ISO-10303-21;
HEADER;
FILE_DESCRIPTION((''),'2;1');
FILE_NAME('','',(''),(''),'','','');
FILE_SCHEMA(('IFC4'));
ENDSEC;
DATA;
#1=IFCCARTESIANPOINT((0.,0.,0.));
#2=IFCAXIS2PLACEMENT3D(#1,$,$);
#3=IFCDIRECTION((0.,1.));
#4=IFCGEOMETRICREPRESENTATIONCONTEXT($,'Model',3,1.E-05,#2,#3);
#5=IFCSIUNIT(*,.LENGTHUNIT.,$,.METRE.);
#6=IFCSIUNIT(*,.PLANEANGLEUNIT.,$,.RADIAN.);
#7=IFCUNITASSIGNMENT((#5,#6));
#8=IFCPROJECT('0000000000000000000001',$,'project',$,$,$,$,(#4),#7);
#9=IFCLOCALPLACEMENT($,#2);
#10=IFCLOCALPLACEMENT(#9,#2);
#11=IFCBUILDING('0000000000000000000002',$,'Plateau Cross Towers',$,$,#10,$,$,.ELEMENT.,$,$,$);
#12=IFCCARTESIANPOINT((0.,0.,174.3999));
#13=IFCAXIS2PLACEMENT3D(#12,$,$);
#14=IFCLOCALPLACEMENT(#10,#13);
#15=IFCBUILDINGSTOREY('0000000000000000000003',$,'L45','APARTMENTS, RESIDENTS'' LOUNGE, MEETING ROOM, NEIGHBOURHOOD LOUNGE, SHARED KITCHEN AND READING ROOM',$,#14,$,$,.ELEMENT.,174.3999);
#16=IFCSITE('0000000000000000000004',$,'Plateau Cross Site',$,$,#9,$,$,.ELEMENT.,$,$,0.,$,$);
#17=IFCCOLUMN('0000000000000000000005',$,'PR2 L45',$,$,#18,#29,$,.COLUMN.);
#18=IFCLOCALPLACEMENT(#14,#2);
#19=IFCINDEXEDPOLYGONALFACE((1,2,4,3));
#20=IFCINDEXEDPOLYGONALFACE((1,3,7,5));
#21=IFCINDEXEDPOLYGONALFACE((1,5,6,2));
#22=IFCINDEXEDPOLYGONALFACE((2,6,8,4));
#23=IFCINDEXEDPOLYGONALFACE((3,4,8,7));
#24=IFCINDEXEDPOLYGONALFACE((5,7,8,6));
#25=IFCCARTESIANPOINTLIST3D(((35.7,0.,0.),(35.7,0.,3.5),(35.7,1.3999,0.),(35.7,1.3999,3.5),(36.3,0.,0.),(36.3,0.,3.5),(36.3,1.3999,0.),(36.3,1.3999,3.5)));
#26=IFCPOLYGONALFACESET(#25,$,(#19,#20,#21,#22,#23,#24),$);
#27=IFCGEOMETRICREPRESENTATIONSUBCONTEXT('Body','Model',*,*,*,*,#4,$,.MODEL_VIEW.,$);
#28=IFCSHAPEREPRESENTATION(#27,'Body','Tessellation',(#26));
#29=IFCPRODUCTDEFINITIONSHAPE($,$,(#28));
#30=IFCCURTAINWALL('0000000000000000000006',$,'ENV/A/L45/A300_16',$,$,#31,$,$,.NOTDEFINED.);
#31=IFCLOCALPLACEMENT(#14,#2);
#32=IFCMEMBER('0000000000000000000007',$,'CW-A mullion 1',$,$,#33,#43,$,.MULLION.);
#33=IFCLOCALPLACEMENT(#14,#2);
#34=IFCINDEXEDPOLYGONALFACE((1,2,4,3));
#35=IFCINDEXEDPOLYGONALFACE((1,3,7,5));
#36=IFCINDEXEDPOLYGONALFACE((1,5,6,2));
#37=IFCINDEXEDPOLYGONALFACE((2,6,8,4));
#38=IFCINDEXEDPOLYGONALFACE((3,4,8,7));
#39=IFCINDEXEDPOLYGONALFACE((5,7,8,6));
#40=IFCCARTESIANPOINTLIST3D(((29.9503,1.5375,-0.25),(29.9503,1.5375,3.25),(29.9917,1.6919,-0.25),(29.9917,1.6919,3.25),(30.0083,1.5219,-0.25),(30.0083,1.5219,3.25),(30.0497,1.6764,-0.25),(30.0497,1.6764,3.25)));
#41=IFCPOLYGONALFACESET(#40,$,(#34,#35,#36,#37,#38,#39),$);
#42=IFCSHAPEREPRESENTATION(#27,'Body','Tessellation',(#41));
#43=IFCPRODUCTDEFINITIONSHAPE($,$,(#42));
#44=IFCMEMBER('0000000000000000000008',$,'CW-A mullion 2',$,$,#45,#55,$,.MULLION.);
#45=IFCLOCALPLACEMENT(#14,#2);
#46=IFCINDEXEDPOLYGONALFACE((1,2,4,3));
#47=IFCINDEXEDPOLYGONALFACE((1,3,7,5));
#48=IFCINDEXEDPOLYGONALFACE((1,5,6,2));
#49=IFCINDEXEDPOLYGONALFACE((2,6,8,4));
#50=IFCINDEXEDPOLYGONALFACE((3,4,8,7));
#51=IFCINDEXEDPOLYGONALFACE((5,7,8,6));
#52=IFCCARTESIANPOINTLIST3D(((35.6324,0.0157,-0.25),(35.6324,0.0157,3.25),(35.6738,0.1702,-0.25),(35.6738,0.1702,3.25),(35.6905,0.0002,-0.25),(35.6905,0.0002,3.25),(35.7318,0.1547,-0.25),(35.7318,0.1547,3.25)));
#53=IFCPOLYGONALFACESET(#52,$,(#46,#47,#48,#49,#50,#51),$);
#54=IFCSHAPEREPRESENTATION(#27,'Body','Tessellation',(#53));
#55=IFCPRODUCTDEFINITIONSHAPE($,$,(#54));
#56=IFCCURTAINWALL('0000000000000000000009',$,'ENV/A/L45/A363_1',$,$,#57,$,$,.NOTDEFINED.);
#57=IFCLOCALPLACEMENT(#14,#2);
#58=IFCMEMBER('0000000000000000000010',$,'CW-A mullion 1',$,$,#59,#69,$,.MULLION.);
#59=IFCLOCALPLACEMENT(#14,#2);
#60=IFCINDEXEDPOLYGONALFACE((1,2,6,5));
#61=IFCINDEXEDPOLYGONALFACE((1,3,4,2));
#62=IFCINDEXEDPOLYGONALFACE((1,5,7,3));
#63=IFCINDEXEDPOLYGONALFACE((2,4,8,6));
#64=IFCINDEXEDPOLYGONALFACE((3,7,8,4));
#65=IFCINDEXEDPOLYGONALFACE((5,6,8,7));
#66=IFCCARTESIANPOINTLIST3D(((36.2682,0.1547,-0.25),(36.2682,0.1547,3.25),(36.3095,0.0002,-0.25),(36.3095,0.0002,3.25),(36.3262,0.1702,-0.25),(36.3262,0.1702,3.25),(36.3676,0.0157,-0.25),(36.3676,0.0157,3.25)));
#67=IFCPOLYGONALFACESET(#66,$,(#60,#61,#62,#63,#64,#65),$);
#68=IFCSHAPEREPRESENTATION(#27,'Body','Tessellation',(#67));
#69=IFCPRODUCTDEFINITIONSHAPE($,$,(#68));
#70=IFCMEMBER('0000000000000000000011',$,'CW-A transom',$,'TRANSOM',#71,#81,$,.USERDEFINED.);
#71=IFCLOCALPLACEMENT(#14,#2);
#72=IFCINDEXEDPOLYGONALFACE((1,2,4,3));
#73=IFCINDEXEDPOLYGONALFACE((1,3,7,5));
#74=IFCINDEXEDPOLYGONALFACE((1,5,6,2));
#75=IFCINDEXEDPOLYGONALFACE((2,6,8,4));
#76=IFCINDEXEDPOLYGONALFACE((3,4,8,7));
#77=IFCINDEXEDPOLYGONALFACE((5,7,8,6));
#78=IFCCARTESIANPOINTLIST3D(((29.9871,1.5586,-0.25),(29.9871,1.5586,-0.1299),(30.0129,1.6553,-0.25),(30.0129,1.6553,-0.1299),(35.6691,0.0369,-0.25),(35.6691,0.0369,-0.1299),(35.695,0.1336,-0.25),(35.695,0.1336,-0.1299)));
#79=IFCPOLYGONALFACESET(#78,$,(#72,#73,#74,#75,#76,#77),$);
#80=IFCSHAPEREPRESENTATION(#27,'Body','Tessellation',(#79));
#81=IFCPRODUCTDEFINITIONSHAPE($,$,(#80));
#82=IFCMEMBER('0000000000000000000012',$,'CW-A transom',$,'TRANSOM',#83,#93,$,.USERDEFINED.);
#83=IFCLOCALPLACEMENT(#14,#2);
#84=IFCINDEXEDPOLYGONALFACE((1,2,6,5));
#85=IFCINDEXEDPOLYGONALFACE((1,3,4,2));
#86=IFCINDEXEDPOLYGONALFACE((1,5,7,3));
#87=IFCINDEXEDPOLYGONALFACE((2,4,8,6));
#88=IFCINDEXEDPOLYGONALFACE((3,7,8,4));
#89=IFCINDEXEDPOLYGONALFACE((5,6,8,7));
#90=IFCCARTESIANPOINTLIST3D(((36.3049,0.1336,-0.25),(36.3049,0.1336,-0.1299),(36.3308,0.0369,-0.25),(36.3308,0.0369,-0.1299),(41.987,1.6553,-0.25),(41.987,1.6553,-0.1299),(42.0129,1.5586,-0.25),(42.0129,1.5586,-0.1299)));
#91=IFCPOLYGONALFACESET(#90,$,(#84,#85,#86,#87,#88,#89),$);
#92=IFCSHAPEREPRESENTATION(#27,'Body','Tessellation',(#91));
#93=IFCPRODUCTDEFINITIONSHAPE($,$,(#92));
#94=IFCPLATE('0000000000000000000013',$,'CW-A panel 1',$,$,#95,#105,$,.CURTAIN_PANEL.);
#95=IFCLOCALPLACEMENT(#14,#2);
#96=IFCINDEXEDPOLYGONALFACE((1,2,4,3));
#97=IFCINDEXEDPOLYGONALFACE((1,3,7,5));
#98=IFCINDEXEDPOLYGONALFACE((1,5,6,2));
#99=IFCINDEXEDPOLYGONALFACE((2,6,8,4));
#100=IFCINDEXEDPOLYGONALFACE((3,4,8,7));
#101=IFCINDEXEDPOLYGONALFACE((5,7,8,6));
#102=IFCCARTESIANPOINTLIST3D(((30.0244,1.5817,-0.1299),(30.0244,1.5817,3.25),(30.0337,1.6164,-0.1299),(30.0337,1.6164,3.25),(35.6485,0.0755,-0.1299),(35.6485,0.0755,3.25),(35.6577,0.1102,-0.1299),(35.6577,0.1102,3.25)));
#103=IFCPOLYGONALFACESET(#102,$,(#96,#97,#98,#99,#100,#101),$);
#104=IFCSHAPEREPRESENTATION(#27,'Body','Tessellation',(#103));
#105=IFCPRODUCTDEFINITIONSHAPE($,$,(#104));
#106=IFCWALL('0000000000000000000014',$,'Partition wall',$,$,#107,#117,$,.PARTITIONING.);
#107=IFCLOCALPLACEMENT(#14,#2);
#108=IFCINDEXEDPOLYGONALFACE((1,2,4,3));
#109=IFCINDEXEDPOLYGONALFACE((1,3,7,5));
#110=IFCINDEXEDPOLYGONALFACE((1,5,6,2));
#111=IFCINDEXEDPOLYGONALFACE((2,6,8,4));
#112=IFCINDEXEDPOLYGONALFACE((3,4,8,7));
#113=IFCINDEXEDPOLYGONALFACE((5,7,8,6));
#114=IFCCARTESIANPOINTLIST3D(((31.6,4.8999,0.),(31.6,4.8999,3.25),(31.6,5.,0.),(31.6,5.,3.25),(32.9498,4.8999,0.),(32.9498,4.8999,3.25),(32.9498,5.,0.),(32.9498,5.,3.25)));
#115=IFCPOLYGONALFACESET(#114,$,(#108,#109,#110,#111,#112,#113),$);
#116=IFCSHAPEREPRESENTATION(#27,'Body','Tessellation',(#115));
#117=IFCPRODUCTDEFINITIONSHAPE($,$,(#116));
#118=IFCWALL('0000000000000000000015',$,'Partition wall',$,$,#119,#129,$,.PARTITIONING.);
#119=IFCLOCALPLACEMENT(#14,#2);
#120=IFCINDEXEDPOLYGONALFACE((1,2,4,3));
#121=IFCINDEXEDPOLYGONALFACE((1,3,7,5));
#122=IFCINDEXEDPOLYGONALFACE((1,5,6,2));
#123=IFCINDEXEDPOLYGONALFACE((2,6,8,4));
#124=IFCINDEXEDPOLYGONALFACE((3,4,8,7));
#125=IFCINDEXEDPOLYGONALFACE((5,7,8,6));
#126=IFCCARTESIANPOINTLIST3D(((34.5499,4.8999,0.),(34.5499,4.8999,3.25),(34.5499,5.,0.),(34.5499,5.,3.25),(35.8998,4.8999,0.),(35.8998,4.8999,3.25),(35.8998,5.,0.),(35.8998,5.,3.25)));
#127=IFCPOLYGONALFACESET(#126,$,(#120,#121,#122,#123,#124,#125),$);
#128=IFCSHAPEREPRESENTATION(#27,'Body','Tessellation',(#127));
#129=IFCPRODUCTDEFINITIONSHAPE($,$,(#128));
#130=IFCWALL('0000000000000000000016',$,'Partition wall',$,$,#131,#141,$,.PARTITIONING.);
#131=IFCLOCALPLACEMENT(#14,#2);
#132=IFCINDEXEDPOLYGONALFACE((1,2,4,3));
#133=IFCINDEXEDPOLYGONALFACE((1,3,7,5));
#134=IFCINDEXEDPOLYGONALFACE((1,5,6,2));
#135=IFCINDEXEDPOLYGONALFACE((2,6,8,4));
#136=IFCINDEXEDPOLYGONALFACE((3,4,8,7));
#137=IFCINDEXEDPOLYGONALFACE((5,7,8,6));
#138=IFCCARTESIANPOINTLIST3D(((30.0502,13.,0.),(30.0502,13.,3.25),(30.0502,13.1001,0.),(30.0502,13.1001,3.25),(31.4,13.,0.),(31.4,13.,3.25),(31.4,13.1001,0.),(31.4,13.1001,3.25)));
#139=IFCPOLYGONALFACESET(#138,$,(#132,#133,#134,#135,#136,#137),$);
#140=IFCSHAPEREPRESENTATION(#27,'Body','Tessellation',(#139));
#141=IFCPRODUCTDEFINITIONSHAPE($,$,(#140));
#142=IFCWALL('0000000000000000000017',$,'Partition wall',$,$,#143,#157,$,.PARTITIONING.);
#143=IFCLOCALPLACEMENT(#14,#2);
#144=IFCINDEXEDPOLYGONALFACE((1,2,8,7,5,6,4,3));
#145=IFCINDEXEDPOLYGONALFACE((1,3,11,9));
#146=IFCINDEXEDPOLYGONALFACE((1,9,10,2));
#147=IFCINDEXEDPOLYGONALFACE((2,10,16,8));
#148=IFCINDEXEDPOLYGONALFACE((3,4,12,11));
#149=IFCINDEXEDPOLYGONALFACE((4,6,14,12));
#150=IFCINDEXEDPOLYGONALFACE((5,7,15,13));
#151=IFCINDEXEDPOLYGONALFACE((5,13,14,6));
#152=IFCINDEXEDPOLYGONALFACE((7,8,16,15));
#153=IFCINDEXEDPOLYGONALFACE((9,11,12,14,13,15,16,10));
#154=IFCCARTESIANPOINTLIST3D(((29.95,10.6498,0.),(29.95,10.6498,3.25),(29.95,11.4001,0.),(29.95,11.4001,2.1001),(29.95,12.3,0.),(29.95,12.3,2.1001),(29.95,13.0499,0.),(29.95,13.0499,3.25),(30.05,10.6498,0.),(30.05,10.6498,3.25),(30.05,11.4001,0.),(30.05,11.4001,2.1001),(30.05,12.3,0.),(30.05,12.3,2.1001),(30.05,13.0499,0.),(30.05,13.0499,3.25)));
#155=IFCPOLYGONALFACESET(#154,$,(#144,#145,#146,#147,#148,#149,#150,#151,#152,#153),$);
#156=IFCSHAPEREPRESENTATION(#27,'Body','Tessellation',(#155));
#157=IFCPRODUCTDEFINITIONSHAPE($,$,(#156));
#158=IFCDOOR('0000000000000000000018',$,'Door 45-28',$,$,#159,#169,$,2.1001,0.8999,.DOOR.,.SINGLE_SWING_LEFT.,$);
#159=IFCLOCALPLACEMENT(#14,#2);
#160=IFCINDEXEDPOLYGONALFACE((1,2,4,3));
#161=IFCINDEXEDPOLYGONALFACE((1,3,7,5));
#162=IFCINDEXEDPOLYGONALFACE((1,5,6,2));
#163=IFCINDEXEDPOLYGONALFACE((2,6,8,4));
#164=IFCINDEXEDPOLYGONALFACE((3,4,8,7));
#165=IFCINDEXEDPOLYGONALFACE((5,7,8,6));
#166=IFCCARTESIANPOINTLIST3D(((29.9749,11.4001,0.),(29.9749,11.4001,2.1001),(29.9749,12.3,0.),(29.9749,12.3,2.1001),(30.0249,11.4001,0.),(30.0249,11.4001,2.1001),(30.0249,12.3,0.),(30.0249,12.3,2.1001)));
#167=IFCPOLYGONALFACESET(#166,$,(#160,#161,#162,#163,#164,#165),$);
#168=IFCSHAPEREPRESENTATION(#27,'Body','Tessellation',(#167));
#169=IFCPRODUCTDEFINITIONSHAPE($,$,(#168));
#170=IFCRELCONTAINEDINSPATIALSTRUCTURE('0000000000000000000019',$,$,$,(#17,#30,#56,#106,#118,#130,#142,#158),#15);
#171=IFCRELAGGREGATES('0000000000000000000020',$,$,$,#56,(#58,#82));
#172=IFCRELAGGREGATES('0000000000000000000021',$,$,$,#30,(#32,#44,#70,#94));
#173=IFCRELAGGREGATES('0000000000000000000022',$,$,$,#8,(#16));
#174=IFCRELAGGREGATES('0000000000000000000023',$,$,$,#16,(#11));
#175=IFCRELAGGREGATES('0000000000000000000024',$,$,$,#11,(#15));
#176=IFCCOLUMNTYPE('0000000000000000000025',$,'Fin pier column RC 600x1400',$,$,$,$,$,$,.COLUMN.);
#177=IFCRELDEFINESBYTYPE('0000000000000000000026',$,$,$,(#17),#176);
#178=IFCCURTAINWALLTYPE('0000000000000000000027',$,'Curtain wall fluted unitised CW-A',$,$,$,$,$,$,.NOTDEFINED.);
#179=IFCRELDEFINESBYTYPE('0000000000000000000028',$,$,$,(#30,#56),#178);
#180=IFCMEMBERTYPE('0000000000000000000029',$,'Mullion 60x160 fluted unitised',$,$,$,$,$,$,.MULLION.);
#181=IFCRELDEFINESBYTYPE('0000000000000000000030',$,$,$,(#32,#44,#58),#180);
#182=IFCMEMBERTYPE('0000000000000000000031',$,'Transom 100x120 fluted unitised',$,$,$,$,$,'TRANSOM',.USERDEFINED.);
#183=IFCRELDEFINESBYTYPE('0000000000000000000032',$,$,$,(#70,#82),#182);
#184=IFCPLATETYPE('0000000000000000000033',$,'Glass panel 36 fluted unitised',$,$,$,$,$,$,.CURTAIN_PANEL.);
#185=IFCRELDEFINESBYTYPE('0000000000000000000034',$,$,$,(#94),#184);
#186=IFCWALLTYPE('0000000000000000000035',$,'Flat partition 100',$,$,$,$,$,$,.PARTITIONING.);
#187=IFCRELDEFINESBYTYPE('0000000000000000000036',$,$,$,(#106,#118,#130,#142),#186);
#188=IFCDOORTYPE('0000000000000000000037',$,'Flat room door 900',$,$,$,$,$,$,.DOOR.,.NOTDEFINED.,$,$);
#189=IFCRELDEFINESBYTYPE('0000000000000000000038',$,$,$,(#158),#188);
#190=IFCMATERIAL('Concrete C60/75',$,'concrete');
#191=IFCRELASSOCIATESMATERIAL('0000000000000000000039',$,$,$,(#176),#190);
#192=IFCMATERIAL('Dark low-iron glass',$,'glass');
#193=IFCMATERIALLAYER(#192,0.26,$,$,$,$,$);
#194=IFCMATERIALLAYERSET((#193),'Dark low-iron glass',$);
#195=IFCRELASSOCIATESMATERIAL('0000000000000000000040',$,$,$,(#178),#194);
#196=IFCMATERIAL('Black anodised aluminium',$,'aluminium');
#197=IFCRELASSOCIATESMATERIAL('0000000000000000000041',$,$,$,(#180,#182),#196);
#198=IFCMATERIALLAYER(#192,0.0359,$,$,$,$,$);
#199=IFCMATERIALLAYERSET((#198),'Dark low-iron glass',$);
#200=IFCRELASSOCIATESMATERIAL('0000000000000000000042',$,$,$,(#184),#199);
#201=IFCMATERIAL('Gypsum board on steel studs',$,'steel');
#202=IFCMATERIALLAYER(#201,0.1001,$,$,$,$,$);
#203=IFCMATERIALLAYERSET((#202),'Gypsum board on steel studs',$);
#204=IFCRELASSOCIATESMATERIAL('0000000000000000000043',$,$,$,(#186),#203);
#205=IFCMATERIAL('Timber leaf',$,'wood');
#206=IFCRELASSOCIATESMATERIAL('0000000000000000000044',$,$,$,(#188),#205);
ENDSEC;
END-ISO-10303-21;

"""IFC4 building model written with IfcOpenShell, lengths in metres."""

from ifc_helpers import new_model, si_unit, direction, frame, frame_2d, origin, origin_2d, place, context, subcontext, project, spatial, rectangle, extrude, material, layer, layer_set, material_profile, profile_set, type_object, element, fill, aggregate, save


model = new_model("IFC4")

# Units and contexts
model_context = context("Model", 3, precision=1e-05, world=origin(), true_north=direction((0.0, 1.0)))
body_context = subcontext(model_context, "Body", "Model", "MODEL_VIEW")
ifc_project = project(units=[si_unit("LENGTHUNIT", "METRE"), si_unit("PLANEANGLEUNIT", "RADIAN")], contexts=[model_context])

# Site, building, storey
site_placement = place(None, origin())
site = spatial("IfcSite", under=ifc_project, at=site_placement, Name="Plateau Cross Site", CompositionType="ELEMENT", RefElevation=0.0)
building_placement = place(site_placement, origin())
building = spatial("IfcBuilding", under=site, at=building_placement, Name="Plateau Cross Towers", CompositionType="ELEMENT")
storey_placement = place(building_placement, frame((0.0, 0.0, 174.3999)))
storey = spatial("IfcBuildingStorey", under=building, at=storey_placement, Name="L45", Description="APARTMENTS, RESIDENTS' LOUNGE, MEETING ROOM, NEIGHBOURHOOD LOUNGE, SHARED KITCHEN AND READING ROOM", CompositionType="ELEMENT", Elevation=174.3999)

# Column
ifc_material_1 = material(Name="Concrete C60/75", Category="concrete")
ifc_material_profile_1 = material_profile(ifc_material_1, rectangle(XDim=0.6001, YDim=1.3999, at=origin_2d()), Name="RC 600x1400")
ifc_profile_set_1 = profile_set([ifc_material_profile_1], Name="Concrete C60/75")
column_type = type_object("IfcColumnType", Name="Fin pier column RC 600x1400", PredefinedType="COLUMN", material=ifc_profile_set_1)
column_placement = place(storey_placement, frame((36.0, 0.7, 0.0), z_axis=(0.0, 0.0, 1.0), x_axis=(1.0, 0.0, 0.0)))
element("IfcColumn", 1, at=column_placement, inside=storey, type_object=column_type, Name="PR2 L45", PredefinedType="COLUMN", context=body_context, shape_type="SweptSolid", body=[
    extrude(rectangle(XDim=0.6001, YDim=1.3999, at=origin_2d()), origin(), (0.0, 0.0, 1.0), 3.5),
])

# Curtain wall, members
ifc_material_2 = material(Name="Dark low-iron glass", Category="glass")
ifc_layer_1 = layer(ifc_material_2, 0.26)
ifc_layer_set_1 = layer_set([ifc_layer_1], Name="Dark low-iron glass")
curtain_wall_type = type_object("IfcCurtainWallType", Name="Curtain wall fluted unitised CW-A", PredefinedType="NOTDEFINED", material=ifc_layer_set_1)
curtain_wall_1_placement = place(storey_placement, origin())
curtain_wall_1 = element("IfcCurtainWall", 2, at=curtain_wall_1_placement, inside=storey, type_object=curtain_wall_type, Name="ENV/A/L45/A300_16", PredefinedType="NOTDEFINED")
ifc_material_3 = material(Name="Black anodised aluminium", Category="aluminium")
ifc_material_profile_2 = material_profile(ifc_material_3, rectangle(XDim=0.0601, YDim=0.1599, at=origin_2d()), Name="MULLION 60x160")
ifc_profile_set_2 = profile_set([ifc_material_profile_2], Name="Black anodised aluminium")
member_type_1 = type_object("IfcMemberType", Name="Mullion 60x160 fluted unitised", PredefinedType="MULLION", material=ifc_profile_set_2)
member_1_placement = place(storey_placement, frame((30.0, 1.6069, -0.25), z_axis=(0.0, 0.0, 1.0), x_axis=(0.965958, -0.258699, 0.0)))
member_1 = element("IfcMember", 3, at=member_1_placement, type_object=member_type_1, Name="CW-A mullion 1", PredefinedType="MULLION", context=body_context, shape_type="SweptSolid", body=[
    extrude(rectangle(XDim=0.0601, YDim=0.1599, at=origin_2d()), origin(), (0.0, 0.0, 1.0), 3.5),
])
member_2_placement = place(storey_placement, frame((35.6821, 0.0852, -0.25), z_axis=(0.0, 0.0, 1.0), x_axis=(0.965958, -0.258699, 0.0)))
member_2 = element("IfcMember", 4, at=member_2_placement, type_object=member_type_1, Name="CW-A mullion 2", PredefinedType="MULLION", context=body_context, shape_type="SweptSolid", body=[
    extrude(rectangle(XDim=0.0601, YDim=0.1599, at=origin_2d()), origin(), (0.0, 0.0, 1.0), 3.5),
])

# Curtain wall, member
curtain_wall_2_placement = place(storey_placement, origin())
curtain_wall_2 = element("IfcCurtainWall", 5, at=curtain_wall_2_placement, inside=storey, type_object=curtain_wall_type, Name="ENV/A/L45/A363_1", PredefinedType="NOTDEFINED")
member_3_placement = place(storey_placement, frame((36.3179, 0.0852, -0.25), z_axis=(0.0, 0.0, 1.0), x_axis=(0.965958, 0.258699, 0.0)))
member_3 = element("IfcMember", 6, at=member_3_placement, type_object=member_type_1, Name="CW-A mullion 1", PredefinedType="MULLION", context=body_context, shape_type="SweptSolid", body=[
    extrude(rectangle(XDim=0.0601, YDim=0.1599, at=origin_2d()), origin(), (0.0, 0.0, 1.0), 3.5),
])

# Members
ifc_material_profile_3 = material_profile(ifc_material_3, rectangle(XDim=0.1001, YDim=0.1201, at=origin_2d()), Name="TRANSOM 100x120")
ifc_profile_set_3 = profile_set([ifc_material_profile_3], Name="Black anodised aluminium")
member_type_2 = type_object("IfcMemberType", Name="Transom 100x120 fluted unitised", ElementType="TRANSOM", PredefinedType="USERDEFINED", material=ifc_profile_set_3)
member_4_placement = place(storey_placement, frame((30.0, 1.6069, -0.1899), z_axis=(0.96596, -0.258693, 0.0), x_axis=(0.258693, 0.96596, 0.0)))
member_4 = element("IfcMember", 7, at=member_4_placement, type_object=member_type_2, Name="CW-A transom", ObjectType="TRANSOM", PredefinedType="USERDEFINED", context=body_context, shape_type="SweptSolid", body=[
    extrude(rectangle(XDim=0.1001, YDim=0.1201, at=origin_2d()), origin(), (0.0, 0.0, 1.0), 5.8823),
])
member_5_placement = place(storey_placement, frame((36.3179, 0.0852, -0.1899), z_axis=(0.96596, 0.258693, 0.0), x_axis=(-0.258693, 0.96596, 0.0)))
member_5 = element("IfcMember", 8, at=member_5_placement, type_object=member_type_2, Name="CW-A transom", ObjectType="TRANSOM", PredefinedType="USERDEFINED", context=body_context, shape_type="SweptSolid", body=[
    extrude(rectangle(XDim=0.1001, YDim=0.1201, at=origin_2d()), origin(), (0.0, 0.0, 1.0), 5.8823),
])
aggregate(curtain_wall_2, [member_3, member_5])

# Plate
ifc_layer_2 = layer(ifc_material_2, 0.0359)
ifc_layer_set_2 = layer_set([ifc_layer_2], Name="Dark low-iron glass")
plate_type = type_object("IfcPlateType", Name="Glass panel 36 fluted unitised", PredefinedType="CURTAIN_PANEL", material=ifc_layer_set_2)
plate_placement = place(storey_placement, frame((32.8411, 0.8459, -0.1299), z_axis=(0.0, 0.0, 1.0), x_axis=(0.965958, -0.258699, 0.0)))
plate = element("IfcPlate", 9, at=plate_placement, type_object=plate_type, Name="CW-A panel 1", PredefinedType="CURTAIN_PANEL", context=body_context, shape_type="SweptSolid", body=[
    extrude(rectangle(XDim=5.8223, YDim=0.0359, at=origin_2d()), origin(), (0.0, 0.0, 1.0), 3.3799),
])
aggregate(curtain_wall_1, [member_1, member_2, member_4, plate])

# Walls
ifc_material_4 = material(Name="Gypsum board on steel studs", Category="steel")
ifc_layer_3 = layer(ifc_material_4, 0.1001)
ifc_layer_set_3 = layer_set([ifc_layer_3], Name="Gypsum board on steel studs")
wall_type_1 = type_object("IfcWallType", Name="Flat partition 100", PredefinedType="PARTITIONING", material=ifc_layer_set_3)
for number, where, z_axis, x_axis, name in (
    (10, (31.6001, 4.95, 0.0), (0.0, 0.0, 1.0), (1.0, 0.0, 0.0), "Partition wall"),
    (11, (34.55, 4.95, 0.0), (0.0, 0.0, 1.0), (1.0, 0.0, 0.0), "Partition wall"),
    (12, (31.3999, 13.05, 0.0), (0.0, 0.0, 1.0), (-1.0, 0.0, 0.0), "Partition wall"),
):
    element("IfcWall", number, at=place(storey_placement, frame(where, z_axis=z_axis, x_axis=x_axis)), inside=storey, type_object=wall_type_1, Name=name, PredefinedType="PARTITIONING", context=body_context, shape_type="SweptSolid", body=[
        extrude(rectangle(XDim=1.3499, YDim=0.1001, at=frame_2d((0.6748, 0.0))), origin(), (0.0, 0.0, 1.0), 3.25),
    ])

# Wall, opening, door
wall_1_placement = place(storey_placement, frame((30.0, 13.05, 0.0), z_axis=(0.0, 0.0, 1.0), x_axis=(0.0, -1.0, 0.0)))
wall_1 = element("IfcWall", 13, at=wall_1_placement, inside=storey, type_object=wall_type_1, Name="Partition wall", PredefinedType="PARTITIONING", context=body_context, shape_type="SweptSolid", body=[
    extrude(rectangle(XDim=2.4001, YDim=0.1001, at=frame_2d((1.2002, 0.0))), origin(), (0.0, 0.0, 1.0), 3.25),
])
opening_1_placement = place(wall_1_placement, frame((0.75, 0.0, 0.0)))
opening_1 = element("IfcOpeningElement", 14, at=opening_1_placement, cuts=wall_1, PredefinedType="OPENING", context=body_context, shape_type="SweptSolid", body=[
    extrude(rectangle(XDim=0.8999, YDim=2.1001, at=frame_2d((0.45, 1.05))), frame((0.0, 0.0601, 0.0), z_axis=(0.0, -1.0, 0.0), x_axis=(1.0, 0.0, 0.0)), (0.0, 0.0, 1.0), 0.1201),
])
ifc_material_5 = material(Name="Timber leaf", Category="wood")
door_type_1 = type_object("IfcDoorType", Name="Flat room door 900", OperationType="NOTDEFINED", PredefinedType="DOOR", material=ifc_material_5)
door_1_placement = place(opening_1_placement, origin())
door_1 = element("IfcDoor", 15, at=door_1_placement, inside=storey, type_object=door_type_1, Name="Door 45-28", OperationType="SINGLE_SWING_LEFT", OverallHeight=2.1001, OverallWidth=0.8999, PredefinedType="DOOR", context=body_context, shape_type="SweptSolid", body=[
    extrude(rectangle(XDim=0.8999, YDim=2.1001, at=frame_2d((0.45, 1.05))), frame((0.0, 0.0249, 0.0), z_axis=(0.0, -1.0, 0.0), x_axis=(1.0, 0.0, 0.0)), (0.0, 0.0, 1.0), 0.05),
])
fill(opening_1, door_1)

save(model, "model.ifc")
